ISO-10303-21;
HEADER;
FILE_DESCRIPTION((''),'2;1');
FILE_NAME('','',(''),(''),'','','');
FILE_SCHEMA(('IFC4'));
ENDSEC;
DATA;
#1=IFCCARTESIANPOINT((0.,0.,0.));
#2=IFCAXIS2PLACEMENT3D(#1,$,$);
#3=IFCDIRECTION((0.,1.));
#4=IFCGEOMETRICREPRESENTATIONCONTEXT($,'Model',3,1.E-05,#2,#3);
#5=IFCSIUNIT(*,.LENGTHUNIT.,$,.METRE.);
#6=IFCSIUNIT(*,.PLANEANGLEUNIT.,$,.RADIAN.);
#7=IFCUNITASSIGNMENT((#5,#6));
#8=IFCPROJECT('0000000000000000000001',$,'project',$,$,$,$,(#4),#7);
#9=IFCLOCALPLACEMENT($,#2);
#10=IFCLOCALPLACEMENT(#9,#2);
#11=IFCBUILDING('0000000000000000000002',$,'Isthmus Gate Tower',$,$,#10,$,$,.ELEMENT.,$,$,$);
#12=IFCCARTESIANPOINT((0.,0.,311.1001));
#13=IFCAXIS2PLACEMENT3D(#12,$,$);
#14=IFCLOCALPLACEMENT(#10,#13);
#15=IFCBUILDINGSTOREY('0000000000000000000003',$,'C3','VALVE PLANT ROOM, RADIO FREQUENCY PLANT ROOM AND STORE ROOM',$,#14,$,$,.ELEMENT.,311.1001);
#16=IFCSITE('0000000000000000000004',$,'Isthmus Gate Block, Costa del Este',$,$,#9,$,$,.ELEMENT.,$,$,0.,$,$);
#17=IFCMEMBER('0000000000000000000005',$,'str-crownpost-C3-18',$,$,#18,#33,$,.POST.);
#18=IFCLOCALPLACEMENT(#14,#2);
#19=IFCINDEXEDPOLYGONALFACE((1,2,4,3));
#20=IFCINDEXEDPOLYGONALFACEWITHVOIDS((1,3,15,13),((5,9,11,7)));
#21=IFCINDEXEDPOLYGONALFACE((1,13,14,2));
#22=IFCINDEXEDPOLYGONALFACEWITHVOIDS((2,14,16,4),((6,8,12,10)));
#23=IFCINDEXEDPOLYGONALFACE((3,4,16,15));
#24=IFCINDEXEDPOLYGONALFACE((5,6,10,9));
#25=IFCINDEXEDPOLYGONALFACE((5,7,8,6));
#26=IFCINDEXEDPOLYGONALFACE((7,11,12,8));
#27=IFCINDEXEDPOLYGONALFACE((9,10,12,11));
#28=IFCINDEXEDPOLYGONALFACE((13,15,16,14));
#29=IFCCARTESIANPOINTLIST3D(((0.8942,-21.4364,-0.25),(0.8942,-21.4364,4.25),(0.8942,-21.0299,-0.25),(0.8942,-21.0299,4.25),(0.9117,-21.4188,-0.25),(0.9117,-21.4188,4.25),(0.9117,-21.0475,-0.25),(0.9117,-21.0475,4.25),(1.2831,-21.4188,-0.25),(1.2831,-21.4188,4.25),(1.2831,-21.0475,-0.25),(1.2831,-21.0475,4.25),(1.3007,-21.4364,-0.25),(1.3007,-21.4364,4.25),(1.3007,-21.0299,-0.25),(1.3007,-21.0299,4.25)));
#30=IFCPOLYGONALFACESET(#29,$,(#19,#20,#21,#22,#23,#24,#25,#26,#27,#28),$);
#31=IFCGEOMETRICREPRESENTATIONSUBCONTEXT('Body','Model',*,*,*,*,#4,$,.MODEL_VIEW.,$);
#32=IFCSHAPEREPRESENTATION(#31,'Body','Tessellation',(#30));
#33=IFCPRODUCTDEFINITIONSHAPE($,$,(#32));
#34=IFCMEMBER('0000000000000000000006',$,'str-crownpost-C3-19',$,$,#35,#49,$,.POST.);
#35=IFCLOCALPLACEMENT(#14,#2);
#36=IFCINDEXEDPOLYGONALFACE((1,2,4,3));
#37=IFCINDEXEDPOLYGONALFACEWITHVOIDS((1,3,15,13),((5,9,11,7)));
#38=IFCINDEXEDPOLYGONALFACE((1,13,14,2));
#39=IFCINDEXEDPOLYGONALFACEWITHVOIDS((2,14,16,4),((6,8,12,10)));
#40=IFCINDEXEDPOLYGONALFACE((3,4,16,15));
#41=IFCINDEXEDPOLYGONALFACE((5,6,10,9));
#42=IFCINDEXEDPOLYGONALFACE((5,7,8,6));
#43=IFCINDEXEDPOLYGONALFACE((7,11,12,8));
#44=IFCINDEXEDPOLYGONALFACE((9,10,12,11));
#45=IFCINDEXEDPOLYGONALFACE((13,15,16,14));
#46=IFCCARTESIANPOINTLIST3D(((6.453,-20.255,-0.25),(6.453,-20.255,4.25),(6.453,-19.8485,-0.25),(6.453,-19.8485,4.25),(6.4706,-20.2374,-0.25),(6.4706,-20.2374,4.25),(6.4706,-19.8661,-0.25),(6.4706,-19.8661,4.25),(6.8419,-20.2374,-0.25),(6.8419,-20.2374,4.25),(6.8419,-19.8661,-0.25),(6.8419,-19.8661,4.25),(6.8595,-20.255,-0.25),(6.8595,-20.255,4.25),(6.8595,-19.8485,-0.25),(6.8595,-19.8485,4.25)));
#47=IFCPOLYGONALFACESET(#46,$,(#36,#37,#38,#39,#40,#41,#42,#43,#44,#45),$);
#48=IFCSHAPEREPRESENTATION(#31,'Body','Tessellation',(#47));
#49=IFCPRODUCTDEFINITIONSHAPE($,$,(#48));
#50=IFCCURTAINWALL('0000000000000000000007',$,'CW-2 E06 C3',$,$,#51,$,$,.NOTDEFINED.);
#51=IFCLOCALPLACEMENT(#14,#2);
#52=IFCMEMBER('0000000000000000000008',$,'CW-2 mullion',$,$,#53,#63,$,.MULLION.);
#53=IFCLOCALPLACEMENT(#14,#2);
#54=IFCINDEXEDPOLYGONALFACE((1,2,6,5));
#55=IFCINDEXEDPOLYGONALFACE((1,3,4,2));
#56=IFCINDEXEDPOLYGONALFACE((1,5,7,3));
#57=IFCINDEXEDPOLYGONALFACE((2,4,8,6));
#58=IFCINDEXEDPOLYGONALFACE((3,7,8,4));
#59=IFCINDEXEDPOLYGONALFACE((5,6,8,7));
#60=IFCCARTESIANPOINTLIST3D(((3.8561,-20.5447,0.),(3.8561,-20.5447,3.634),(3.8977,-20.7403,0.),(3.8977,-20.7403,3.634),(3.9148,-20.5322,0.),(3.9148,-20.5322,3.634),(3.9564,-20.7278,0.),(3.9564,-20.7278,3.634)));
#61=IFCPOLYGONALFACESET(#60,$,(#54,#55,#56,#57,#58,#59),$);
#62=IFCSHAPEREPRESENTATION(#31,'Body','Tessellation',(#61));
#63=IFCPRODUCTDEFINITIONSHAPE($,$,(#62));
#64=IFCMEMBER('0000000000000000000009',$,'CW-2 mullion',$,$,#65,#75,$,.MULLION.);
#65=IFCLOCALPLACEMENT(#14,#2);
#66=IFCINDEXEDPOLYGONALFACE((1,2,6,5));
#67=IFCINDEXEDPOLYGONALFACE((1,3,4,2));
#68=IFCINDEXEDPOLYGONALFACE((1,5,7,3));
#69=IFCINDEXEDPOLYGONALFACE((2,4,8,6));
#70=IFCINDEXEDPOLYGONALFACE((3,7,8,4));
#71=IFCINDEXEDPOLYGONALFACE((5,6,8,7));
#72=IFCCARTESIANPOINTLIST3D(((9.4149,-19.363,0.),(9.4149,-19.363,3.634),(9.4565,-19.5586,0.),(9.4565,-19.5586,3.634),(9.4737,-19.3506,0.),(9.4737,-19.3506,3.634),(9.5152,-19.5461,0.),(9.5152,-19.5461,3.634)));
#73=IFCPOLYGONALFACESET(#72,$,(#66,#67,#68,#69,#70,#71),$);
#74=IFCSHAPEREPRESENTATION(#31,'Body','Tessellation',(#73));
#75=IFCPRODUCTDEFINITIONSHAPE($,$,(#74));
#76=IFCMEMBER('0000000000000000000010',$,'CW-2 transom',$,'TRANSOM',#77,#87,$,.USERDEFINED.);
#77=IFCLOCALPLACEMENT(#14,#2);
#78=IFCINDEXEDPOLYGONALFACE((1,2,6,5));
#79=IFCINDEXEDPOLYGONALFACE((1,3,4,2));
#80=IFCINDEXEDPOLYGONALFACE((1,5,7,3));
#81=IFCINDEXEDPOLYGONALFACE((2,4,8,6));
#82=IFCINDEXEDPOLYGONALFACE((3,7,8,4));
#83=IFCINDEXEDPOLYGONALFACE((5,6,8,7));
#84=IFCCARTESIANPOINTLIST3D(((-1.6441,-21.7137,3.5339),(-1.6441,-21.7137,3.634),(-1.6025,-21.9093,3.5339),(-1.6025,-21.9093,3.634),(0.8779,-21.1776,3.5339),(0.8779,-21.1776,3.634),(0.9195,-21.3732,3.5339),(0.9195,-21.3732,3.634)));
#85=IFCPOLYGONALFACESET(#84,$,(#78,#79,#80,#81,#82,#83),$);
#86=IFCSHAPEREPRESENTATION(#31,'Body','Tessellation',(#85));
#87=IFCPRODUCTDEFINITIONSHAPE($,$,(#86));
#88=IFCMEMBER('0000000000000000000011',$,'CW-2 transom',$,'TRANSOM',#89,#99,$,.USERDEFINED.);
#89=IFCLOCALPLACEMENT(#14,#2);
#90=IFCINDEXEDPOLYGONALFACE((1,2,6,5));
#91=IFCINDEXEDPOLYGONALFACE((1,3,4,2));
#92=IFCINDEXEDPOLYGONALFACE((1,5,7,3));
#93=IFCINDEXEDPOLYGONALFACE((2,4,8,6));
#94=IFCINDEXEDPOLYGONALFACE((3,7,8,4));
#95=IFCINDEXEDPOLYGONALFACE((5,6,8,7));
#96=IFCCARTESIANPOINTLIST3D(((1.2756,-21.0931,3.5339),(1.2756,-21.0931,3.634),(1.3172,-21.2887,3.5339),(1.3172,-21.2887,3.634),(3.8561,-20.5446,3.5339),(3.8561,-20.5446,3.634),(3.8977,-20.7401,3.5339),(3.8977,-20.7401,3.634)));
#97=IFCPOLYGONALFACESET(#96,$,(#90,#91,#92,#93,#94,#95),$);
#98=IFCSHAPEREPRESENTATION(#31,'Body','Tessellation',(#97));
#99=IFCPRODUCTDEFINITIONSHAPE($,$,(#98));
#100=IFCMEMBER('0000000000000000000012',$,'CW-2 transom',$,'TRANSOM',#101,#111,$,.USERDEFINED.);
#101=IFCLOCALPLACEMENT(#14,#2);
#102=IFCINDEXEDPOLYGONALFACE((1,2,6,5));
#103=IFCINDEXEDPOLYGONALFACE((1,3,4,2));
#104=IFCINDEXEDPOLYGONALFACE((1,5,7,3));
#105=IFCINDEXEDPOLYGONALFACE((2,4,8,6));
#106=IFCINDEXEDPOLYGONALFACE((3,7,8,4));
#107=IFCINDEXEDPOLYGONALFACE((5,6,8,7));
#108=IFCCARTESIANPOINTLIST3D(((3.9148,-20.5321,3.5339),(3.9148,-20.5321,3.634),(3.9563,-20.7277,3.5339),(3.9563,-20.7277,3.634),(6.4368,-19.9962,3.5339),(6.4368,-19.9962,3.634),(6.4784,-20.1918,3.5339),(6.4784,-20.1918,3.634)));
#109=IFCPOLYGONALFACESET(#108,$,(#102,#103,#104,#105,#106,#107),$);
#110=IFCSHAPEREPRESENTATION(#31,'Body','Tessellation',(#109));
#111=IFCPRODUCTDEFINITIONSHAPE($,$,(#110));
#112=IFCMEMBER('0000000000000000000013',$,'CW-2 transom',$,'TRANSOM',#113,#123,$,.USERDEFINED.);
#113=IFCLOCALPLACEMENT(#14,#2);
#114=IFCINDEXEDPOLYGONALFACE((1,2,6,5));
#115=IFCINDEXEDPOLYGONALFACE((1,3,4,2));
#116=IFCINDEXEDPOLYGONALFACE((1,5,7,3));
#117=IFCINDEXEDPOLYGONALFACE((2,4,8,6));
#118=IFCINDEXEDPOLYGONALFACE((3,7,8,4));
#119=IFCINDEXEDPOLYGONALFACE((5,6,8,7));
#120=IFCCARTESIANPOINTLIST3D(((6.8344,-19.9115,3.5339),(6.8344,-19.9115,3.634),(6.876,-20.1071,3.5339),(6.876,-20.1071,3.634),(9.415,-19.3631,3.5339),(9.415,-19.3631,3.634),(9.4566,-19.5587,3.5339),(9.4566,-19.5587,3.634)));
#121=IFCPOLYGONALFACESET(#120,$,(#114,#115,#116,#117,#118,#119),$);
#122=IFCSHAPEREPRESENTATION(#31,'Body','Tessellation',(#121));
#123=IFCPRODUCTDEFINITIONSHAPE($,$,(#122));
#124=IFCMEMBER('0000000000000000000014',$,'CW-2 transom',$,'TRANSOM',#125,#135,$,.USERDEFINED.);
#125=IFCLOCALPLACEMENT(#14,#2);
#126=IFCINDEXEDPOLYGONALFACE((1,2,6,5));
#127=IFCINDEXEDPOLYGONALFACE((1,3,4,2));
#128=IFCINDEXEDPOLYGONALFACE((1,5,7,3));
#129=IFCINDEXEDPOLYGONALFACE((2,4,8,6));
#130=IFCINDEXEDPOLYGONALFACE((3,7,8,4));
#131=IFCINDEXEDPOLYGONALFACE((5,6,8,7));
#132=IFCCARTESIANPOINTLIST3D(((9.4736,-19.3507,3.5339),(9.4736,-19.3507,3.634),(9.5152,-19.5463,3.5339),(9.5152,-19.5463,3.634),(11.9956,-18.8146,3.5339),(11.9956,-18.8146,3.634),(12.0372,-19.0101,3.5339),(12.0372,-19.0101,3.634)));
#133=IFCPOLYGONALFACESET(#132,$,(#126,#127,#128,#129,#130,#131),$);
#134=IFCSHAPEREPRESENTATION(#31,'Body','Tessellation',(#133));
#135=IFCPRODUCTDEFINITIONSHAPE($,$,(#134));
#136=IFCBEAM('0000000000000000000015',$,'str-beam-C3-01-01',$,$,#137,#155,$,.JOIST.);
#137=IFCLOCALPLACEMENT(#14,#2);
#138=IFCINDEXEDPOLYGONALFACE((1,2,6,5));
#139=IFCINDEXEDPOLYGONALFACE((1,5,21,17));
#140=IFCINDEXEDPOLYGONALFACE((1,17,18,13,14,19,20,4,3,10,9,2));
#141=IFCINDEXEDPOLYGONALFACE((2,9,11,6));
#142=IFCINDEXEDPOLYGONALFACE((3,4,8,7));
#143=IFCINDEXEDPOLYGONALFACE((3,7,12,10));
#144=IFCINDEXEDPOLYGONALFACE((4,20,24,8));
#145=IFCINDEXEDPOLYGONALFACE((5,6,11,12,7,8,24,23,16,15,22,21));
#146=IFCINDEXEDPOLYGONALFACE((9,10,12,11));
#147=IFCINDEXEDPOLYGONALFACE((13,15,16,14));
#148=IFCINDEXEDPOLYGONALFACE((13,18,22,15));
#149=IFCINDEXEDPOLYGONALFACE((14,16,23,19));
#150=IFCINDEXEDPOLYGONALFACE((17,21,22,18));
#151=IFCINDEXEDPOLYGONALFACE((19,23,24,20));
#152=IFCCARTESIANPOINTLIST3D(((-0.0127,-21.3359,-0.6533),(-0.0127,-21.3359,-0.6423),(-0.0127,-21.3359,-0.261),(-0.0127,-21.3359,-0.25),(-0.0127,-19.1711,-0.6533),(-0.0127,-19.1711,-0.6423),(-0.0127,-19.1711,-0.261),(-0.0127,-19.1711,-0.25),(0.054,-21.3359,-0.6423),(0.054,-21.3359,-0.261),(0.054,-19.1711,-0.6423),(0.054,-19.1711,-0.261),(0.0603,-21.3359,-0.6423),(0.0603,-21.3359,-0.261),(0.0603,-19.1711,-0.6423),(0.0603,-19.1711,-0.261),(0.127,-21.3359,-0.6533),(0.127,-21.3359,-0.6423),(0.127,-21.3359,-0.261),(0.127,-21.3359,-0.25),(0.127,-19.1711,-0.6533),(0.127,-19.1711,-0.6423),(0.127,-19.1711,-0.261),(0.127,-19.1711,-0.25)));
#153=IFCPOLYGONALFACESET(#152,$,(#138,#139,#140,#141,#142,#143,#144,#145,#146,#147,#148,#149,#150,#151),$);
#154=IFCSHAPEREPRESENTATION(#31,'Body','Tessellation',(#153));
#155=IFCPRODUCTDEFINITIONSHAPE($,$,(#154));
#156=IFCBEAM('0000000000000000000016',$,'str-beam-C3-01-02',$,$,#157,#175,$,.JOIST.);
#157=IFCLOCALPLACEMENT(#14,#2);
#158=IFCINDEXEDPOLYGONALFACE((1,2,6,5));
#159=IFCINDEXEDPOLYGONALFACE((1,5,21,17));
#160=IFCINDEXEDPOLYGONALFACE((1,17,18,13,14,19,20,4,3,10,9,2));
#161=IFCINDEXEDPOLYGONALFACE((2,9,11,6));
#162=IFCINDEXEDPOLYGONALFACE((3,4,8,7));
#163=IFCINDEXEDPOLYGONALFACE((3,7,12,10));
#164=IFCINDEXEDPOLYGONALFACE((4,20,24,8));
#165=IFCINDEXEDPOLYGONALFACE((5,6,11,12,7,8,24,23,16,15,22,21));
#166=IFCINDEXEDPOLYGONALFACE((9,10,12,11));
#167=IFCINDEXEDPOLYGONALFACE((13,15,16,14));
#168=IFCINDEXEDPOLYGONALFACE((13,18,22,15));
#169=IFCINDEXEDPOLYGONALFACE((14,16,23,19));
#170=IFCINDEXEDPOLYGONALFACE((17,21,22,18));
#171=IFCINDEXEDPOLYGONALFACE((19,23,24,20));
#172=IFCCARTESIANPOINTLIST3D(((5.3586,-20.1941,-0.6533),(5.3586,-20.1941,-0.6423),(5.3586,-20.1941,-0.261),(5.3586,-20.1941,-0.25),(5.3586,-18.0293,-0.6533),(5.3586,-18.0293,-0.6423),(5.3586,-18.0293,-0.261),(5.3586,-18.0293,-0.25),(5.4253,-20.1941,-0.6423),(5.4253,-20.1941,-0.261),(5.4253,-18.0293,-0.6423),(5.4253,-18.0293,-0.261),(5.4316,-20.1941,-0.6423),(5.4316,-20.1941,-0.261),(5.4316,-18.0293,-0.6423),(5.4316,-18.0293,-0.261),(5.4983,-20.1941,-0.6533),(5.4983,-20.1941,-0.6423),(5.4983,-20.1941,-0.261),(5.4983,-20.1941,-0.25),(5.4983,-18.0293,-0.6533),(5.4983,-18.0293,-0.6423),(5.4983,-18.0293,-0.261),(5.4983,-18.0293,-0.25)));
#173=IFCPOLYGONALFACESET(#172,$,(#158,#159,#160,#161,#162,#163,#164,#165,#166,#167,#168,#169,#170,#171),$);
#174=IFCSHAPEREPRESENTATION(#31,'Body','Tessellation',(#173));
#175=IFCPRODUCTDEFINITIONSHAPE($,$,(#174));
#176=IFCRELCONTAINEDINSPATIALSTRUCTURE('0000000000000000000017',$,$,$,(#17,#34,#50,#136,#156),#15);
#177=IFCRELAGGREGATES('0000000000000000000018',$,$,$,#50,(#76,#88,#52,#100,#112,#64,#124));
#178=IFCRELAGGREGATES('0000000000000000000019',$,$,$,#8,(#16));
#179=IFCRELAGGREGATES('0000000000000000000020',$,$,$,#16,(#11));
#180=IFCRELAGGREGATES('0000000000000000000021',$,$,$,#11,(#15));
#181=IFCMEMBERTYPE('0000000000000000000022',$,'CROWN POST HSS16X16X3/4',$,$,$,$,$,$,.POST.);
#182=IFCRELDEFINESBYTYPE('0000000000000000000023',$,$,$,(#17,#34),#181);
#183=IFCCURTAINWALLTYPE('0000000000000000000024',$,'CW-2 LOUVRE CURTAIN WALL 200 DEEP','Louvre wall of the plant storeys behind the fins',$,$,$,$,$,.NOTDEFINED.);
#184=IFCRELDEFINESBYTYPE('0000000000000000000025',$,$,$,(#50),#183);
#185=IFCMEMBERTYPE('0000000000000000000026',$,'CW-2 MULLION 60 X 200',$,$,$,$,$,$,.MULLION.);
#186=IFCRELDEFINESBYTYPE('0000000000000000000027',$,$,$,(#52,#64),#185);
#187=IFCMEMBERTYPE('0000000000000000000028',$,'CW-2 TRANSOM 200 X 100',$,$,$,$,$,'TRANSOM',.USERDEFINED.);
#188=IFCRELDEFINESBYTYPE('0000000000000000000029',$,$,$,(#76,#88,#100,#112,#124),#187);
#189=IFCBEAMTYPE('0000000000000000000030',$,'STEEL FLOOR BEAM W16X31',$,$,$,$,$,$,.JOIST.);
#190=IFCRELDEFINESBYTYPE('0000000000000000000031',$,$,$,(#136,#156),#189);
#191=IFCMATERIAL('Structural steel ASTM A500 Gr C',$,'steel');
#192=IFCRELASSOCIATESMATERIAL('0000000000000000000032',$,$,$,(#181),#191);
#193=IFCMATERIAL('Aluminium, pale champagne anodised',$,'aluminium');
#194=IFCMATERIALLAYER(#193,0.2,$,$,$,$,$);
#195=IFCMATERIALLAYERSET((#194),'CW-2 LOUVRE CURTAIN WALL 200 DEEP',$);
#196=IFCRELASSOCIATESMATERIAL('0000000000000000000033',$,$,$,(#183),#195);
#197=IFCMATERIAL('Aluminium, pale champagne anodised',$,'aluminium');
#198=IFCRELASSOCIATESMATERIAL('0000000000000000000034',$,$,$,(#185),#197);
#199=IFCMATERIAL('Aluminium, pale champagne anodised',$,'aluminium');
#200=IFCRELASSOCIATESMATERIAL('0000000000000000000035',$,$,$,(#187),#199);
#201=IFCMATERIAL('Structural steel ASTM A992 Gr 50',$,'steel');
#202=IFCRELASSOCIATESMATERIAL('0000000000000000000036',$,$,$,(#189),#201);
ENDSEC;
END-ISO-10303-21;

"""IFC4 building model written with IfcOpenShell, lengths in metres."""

from ifc_helpers import new_model, si_unit, direction, frame, origin, origin_2d, place, context, subcontext, project, spatial, rectangle, hollow_rectangle, i_section, extrude, material, layer, layer_set, material_profile, profile_set, type_object, element, aggregate, save


model = new_model("IFC4")

# Units and contexts
model_context = context("Model", 3, precision=1e-05, world=origin(), true_north=direction((0.0, 1.0)))
body_context = subcontext(model_context, "Body", "Model", "MODEL_VIEW")
ifc_project = project(units=[si_unit("LENGTHUNIT", "METRE"), si_unit("PLANEANGLEUNIT", "RADIAN")], contexts=[model_context])

# Site, building, storey
site_placement = place(None, origin())
site = spatial("IfcSite", under=ifc_project, at=site_placement, Name="Isthmus Gate Block, Costa del Este", CompositionType="ELEMENT", RefElevation=0.0)
building_placement = place(site_placement, origin())
building = spatial("IfcBuilding", under=site, at=building_placement, Name="Isthmus Gate Tower", CompositionType="ELEMENT")
storey_placement = place(building_placement, frame((0.0, 0.0, 311.1001)))
storey = spatial("IfcBuildingStorey", under=building, at=storey_placement, Name="C3", Description="VALVE PLANT ROOM, RADIO FREQUENCY PLANT ROOM AND STORE ROOM", CompositionType="ELEMENT", Elevation=311.1001)

# Members
ifc_material_1 = material(Name="Structural steel ASTM A500 Gr C", Category="steel")
ifc_material_profile_1 = material_profile(ifc_material_1, hollow_rectangle(XDim=0.4065, YDim=0.4065, WallThickness=0.0176, at=origin_2d()), Name="HSS16X16X3/4")
ifc_profile_set_1 = profile_set([ifc_material_profile_1], Name="Structural steel ASTM A500 Gr C")
member_type_1 = type_object("IfcMemberType", Name="CROWN POST HSS16X16X3/4", PredefinedType="POST", material=ifc_profile_set_1)
for number, where, z_axis, x_axis, name in (
    (1, (1.0974, -21.2332, -0.25), (0.0, 0.0, 1.0), (1.0, 0.0, 0.0), "str-crownpost-C3-18"),
    (2, (6.6562, -20.0518, -0.25), (0.0, 0.0, 1.0), (1.0, 0.0, 0.0), "str-crownpost-C3-19"),
):
    element("IfcMember", number, at=place(storey_placement, frame(where, z_axis=z_axis, x_axis=x_axis)), inside=storey, type_object=member_type_1, Name=name, PredefinedType="POST", context=body_context, shape_type="SweptSolid", body=[
        extrude(hollow_rectangle(XDim=0.4065, YDim=0.4065, WallThickness=0.0176, at=origin_2d()), origin(), (0.0, 0.0, 1.0), 4.5),
    ])

# Curtain wall, members
ifc_material_2 = material(Name="Aluminium, pale champagne anodised", Category="aluminium")
ifc_layer_1 = layer(ifc_material_2, 0.2)
ifc_layer_set_1 = layer_set([ifc_layer_1], Name="CW-2 LOUVRE CURTAIN WALL 200 DEEP")
curtain_wall_type = type_object("IfcCurtainWallType", Name="CW-2 LOUVRE CURTAIN WALL 200 DEEP", Description="Louvre wall of the plant storeys behind the fins", PredefinedType="NOTDEFINED", material=ifc_layer_set_1)
curtain_wall_placement = place(storey_placement, origin())
curtain_wall = element("IfcCurtainWall", 3, at=curtain_wall_placement, inside=storey, type_object=curtain_wall_type, Name="CW-2 E06 C3", PredefinedType="NOTDEFINED")
ifc_material_3 = material(Name="Aluminium, pale champagne anodised", Category="aluminium")
ifc_material_profile_2 = material_profile(ifc_material_3, rectangle(XDim=0.0601, YDim=0.2, at=origin_2d()), Name="60x200")
ifc_profile_set_2 = profile_set([ifc_material_profile_2], Name="Aluminium, pale champagne anodised")
member_type_2 = type_object("IfcMemberType", Name="CW-2 MULLION 60 X 200", PredefinedType="MULLION", material=ifc_profile_set_2)
member_1_placement = place(storey_placement, frame((3.9062, -20.6362, 0.0), z_axis=(0.0, 0.0, 1.0), x_axis=(0.978148, 0.207912, 0.0)))
member_1 = element("IfcMember", 4, at=member_1_placement, type_object=member_type_2, Name="CW-2 mullion", PredefinedType="MULLION", context=body_context, shape_type="SweptSolid", body=[
    extrude(rectangle(XDim=0.0601, YDim=0.2, at=origin_2d()), origin(), (0.0, 0.0, 1.0), 3.634),
])
member_2_placement = place(storey_placement, frame((9.4651, -19.4546, 0.0), z_axis=(0.0, 0.0, 1.0), x_axis=(0.978148, 0.207912, 0.0)))
member_2 = element("IfcMember", 5, at=member_2_placement, type_object=member_type_2, Name="CW-2 mullion", PredefinedType="MULLION", context=body_context, shape_type="SweptSolid", body=[
    extrude(rectangle(XDim=0.0601, YDim=0.2, at=origin_2d()), origin(), (0.0, 0.0, 1.0), 3.634),
])
ifc_material_4 = material(Name="Aluminium, pale champagne anodised", Category="aluminium")
ifc_material_profile_3 = material_profile(ifc_material_4, rectangle(XDim=0.2, YDim=0.1001, at=origin_2d()), Name="200x100")
ifc_profile_set_3 = profile_set([ifc_material_profile_3], Name="Aluminium, pale champagne anodised")
member_type_3 = type_object("IfcMemberType", Name="CW-2 TRANSOM 200 X 100", ElementType="TRANSOM", PredefinedType="USERDEFINED", material=ifc_profile_set_3)
member_3_placement = place(storey_placement, frame((-1.6233, -21.8115, 3.584), z_axis=(0.978142, 0.207938, 0.0), x_axis=(-0.207938, 0.978142, 0.0)))
member_3 = element("IfcMember", 6, at=member_3_placement, type_object=member_type_3, Name="CW-2 transom", ObjectType="TRANSOM", PredefinedType="USERDEFINED", context=body_context, shape_type="SweptSolid", body=[
    extrude(rectangle(XDim=0.2, YDim=0.1001, at=origin_2d()), origin(), (0.0, 0.0, 1.0), 2.5784),
])
member_4_placement = place(storey_placement, frame((1.2964, -21.1909, 3.584), z_axis=(0.978142, 0.207936, 0.0), x_axis=(-0.207936, 0.978142, 0.0)))
member_4 = element("IfcMember", 7, at=member_4_placement, type_object=member_type_3, Name="CW-2 transom", ObjectType="TRANSOM", PredefinedType="USERDEFINED", context=body_context, shape_type="SweptSolid", body=[
    extrude(rectangle(XDim=0.2, YDim=0.1001, at=origin_2d()), origin(), (0.0, 0.0, 1.0), 2.6382),
])
member_5_placement = place(storey_placement, frame((3.9355, -20.6299, 3.584), z_axis=(0.978161, 0.207847, 0.0), x_axis=(-0.207847, 0.978161, 0.0)))
member_5 = element("IfcMember", 8, at=member_5_placement, type_object=member_type_3, Name="CW-2 transom", ObjectType="TRANSOM", PredefinedType="USERDEFINED", context=body_context, shape_type="SweptSolid", body=[
    extrude(rectangle(XDim=0.2, YDim=0.1001, at=origin_2d()), origin(), (0.0, 0.0, 1.0), 2.5784),
])
member_6_placement = place(storey_placement, frame((6.8552, -20.0093, 3.584), z_axis=(0.978161, 0.207848, 0.0), x_axis=(-0.207848, 0.978161, 0.0)))
member_6 = element("IfcMember", 9, at=member_6_placement, type_object=member_type_3, Name="CW-2 transom", ObjectType="TRANSOM", PredefinedType="USERDEFINED", context=body_context, shape_type="SweptSolid", body=[
    extrude(rectangle(XDim=0.2, YDim=0.1001, at=origin_2d()), origin(), (0.0, 0.0, 1.0), 2.6382),
])
member_7_placement = place(storey_placement, frame((9.4944, -19.4485, 3.584), z_axis=(0.978142, 0.207938, 0.0), x_axis=(-0.207938, 0.978142, 0.0)))
member_7 = element("IfcMember", 10, at=member_7_placement, type_object=member_type_3, Name="CW-2 transom", ObjectType="TRANSOM", PredefinedType="USERDEFINED", context=body_context, shape_type="SweptSolid", body=[
    extrude(rectangle(XDim=0.2, YDim=0.1001, at=origin_2d()), origin(), (0.0, 0.0, 1.0), 2.5784),
])

# Beams
ifc_material_5 = material(Name="Structural steel ASTM A992 Gr 50", Category="steel")
ifc_material_profile_4 = material_profile(ifc_material_5, i_section(OverallWidth=0.1396, OverallDepth=0.4033, WebThickness=0.0063, FlangeThickness=0.011, at=origin_2d()), Name="W16X31")
ifc_profile_set_4 = profile_set([ifc_material_profile_4], Name="Structural steel ASTM A992 Gr 50")
beam_type_1 = type_object("IfcBeamType", Name="STEEL FLOOR BEAM W16X31", PredefinedType="JOIST", material=ifc_profile_set_4)
for number, where, z_axis, x_axis, name in (
    (11, (0.0571, -21.3359, -0.4517), (0.0, 1.0, 0.0), (-1.0, 0.0, 0.0), "str-beam-C3-01-01"),
    (12, (5.4285, -20.1941, -0.4517), (0.0, 1.0, 0.0), (-1.0, 0.0, 0.0), "str-beam-C3-01-02"),
):
    element("IfcBeam", number, at=place(storey_placement, frame(where, z_axis=z_axis, x_axis=x_axis)), inside=storey, type_object=beam_type_1, Name=name, PredefinedType="JOIST", context=body_context, shape_type="SweptSolid", body=[
        extrude(i_section(OverallWidth=0.1396, OverallDepth=0.4033, WebThickness=0.0063, FlangeThickness=0.011, at=origin_2d()), origin(), (0.0, 0.0, 1.0), 2.1648),
    ])

aggregate(curtain_wall, [member_3, member_4, member_1, member_5, member_6, member_2, member_7])

save(model, "model.ifc")
